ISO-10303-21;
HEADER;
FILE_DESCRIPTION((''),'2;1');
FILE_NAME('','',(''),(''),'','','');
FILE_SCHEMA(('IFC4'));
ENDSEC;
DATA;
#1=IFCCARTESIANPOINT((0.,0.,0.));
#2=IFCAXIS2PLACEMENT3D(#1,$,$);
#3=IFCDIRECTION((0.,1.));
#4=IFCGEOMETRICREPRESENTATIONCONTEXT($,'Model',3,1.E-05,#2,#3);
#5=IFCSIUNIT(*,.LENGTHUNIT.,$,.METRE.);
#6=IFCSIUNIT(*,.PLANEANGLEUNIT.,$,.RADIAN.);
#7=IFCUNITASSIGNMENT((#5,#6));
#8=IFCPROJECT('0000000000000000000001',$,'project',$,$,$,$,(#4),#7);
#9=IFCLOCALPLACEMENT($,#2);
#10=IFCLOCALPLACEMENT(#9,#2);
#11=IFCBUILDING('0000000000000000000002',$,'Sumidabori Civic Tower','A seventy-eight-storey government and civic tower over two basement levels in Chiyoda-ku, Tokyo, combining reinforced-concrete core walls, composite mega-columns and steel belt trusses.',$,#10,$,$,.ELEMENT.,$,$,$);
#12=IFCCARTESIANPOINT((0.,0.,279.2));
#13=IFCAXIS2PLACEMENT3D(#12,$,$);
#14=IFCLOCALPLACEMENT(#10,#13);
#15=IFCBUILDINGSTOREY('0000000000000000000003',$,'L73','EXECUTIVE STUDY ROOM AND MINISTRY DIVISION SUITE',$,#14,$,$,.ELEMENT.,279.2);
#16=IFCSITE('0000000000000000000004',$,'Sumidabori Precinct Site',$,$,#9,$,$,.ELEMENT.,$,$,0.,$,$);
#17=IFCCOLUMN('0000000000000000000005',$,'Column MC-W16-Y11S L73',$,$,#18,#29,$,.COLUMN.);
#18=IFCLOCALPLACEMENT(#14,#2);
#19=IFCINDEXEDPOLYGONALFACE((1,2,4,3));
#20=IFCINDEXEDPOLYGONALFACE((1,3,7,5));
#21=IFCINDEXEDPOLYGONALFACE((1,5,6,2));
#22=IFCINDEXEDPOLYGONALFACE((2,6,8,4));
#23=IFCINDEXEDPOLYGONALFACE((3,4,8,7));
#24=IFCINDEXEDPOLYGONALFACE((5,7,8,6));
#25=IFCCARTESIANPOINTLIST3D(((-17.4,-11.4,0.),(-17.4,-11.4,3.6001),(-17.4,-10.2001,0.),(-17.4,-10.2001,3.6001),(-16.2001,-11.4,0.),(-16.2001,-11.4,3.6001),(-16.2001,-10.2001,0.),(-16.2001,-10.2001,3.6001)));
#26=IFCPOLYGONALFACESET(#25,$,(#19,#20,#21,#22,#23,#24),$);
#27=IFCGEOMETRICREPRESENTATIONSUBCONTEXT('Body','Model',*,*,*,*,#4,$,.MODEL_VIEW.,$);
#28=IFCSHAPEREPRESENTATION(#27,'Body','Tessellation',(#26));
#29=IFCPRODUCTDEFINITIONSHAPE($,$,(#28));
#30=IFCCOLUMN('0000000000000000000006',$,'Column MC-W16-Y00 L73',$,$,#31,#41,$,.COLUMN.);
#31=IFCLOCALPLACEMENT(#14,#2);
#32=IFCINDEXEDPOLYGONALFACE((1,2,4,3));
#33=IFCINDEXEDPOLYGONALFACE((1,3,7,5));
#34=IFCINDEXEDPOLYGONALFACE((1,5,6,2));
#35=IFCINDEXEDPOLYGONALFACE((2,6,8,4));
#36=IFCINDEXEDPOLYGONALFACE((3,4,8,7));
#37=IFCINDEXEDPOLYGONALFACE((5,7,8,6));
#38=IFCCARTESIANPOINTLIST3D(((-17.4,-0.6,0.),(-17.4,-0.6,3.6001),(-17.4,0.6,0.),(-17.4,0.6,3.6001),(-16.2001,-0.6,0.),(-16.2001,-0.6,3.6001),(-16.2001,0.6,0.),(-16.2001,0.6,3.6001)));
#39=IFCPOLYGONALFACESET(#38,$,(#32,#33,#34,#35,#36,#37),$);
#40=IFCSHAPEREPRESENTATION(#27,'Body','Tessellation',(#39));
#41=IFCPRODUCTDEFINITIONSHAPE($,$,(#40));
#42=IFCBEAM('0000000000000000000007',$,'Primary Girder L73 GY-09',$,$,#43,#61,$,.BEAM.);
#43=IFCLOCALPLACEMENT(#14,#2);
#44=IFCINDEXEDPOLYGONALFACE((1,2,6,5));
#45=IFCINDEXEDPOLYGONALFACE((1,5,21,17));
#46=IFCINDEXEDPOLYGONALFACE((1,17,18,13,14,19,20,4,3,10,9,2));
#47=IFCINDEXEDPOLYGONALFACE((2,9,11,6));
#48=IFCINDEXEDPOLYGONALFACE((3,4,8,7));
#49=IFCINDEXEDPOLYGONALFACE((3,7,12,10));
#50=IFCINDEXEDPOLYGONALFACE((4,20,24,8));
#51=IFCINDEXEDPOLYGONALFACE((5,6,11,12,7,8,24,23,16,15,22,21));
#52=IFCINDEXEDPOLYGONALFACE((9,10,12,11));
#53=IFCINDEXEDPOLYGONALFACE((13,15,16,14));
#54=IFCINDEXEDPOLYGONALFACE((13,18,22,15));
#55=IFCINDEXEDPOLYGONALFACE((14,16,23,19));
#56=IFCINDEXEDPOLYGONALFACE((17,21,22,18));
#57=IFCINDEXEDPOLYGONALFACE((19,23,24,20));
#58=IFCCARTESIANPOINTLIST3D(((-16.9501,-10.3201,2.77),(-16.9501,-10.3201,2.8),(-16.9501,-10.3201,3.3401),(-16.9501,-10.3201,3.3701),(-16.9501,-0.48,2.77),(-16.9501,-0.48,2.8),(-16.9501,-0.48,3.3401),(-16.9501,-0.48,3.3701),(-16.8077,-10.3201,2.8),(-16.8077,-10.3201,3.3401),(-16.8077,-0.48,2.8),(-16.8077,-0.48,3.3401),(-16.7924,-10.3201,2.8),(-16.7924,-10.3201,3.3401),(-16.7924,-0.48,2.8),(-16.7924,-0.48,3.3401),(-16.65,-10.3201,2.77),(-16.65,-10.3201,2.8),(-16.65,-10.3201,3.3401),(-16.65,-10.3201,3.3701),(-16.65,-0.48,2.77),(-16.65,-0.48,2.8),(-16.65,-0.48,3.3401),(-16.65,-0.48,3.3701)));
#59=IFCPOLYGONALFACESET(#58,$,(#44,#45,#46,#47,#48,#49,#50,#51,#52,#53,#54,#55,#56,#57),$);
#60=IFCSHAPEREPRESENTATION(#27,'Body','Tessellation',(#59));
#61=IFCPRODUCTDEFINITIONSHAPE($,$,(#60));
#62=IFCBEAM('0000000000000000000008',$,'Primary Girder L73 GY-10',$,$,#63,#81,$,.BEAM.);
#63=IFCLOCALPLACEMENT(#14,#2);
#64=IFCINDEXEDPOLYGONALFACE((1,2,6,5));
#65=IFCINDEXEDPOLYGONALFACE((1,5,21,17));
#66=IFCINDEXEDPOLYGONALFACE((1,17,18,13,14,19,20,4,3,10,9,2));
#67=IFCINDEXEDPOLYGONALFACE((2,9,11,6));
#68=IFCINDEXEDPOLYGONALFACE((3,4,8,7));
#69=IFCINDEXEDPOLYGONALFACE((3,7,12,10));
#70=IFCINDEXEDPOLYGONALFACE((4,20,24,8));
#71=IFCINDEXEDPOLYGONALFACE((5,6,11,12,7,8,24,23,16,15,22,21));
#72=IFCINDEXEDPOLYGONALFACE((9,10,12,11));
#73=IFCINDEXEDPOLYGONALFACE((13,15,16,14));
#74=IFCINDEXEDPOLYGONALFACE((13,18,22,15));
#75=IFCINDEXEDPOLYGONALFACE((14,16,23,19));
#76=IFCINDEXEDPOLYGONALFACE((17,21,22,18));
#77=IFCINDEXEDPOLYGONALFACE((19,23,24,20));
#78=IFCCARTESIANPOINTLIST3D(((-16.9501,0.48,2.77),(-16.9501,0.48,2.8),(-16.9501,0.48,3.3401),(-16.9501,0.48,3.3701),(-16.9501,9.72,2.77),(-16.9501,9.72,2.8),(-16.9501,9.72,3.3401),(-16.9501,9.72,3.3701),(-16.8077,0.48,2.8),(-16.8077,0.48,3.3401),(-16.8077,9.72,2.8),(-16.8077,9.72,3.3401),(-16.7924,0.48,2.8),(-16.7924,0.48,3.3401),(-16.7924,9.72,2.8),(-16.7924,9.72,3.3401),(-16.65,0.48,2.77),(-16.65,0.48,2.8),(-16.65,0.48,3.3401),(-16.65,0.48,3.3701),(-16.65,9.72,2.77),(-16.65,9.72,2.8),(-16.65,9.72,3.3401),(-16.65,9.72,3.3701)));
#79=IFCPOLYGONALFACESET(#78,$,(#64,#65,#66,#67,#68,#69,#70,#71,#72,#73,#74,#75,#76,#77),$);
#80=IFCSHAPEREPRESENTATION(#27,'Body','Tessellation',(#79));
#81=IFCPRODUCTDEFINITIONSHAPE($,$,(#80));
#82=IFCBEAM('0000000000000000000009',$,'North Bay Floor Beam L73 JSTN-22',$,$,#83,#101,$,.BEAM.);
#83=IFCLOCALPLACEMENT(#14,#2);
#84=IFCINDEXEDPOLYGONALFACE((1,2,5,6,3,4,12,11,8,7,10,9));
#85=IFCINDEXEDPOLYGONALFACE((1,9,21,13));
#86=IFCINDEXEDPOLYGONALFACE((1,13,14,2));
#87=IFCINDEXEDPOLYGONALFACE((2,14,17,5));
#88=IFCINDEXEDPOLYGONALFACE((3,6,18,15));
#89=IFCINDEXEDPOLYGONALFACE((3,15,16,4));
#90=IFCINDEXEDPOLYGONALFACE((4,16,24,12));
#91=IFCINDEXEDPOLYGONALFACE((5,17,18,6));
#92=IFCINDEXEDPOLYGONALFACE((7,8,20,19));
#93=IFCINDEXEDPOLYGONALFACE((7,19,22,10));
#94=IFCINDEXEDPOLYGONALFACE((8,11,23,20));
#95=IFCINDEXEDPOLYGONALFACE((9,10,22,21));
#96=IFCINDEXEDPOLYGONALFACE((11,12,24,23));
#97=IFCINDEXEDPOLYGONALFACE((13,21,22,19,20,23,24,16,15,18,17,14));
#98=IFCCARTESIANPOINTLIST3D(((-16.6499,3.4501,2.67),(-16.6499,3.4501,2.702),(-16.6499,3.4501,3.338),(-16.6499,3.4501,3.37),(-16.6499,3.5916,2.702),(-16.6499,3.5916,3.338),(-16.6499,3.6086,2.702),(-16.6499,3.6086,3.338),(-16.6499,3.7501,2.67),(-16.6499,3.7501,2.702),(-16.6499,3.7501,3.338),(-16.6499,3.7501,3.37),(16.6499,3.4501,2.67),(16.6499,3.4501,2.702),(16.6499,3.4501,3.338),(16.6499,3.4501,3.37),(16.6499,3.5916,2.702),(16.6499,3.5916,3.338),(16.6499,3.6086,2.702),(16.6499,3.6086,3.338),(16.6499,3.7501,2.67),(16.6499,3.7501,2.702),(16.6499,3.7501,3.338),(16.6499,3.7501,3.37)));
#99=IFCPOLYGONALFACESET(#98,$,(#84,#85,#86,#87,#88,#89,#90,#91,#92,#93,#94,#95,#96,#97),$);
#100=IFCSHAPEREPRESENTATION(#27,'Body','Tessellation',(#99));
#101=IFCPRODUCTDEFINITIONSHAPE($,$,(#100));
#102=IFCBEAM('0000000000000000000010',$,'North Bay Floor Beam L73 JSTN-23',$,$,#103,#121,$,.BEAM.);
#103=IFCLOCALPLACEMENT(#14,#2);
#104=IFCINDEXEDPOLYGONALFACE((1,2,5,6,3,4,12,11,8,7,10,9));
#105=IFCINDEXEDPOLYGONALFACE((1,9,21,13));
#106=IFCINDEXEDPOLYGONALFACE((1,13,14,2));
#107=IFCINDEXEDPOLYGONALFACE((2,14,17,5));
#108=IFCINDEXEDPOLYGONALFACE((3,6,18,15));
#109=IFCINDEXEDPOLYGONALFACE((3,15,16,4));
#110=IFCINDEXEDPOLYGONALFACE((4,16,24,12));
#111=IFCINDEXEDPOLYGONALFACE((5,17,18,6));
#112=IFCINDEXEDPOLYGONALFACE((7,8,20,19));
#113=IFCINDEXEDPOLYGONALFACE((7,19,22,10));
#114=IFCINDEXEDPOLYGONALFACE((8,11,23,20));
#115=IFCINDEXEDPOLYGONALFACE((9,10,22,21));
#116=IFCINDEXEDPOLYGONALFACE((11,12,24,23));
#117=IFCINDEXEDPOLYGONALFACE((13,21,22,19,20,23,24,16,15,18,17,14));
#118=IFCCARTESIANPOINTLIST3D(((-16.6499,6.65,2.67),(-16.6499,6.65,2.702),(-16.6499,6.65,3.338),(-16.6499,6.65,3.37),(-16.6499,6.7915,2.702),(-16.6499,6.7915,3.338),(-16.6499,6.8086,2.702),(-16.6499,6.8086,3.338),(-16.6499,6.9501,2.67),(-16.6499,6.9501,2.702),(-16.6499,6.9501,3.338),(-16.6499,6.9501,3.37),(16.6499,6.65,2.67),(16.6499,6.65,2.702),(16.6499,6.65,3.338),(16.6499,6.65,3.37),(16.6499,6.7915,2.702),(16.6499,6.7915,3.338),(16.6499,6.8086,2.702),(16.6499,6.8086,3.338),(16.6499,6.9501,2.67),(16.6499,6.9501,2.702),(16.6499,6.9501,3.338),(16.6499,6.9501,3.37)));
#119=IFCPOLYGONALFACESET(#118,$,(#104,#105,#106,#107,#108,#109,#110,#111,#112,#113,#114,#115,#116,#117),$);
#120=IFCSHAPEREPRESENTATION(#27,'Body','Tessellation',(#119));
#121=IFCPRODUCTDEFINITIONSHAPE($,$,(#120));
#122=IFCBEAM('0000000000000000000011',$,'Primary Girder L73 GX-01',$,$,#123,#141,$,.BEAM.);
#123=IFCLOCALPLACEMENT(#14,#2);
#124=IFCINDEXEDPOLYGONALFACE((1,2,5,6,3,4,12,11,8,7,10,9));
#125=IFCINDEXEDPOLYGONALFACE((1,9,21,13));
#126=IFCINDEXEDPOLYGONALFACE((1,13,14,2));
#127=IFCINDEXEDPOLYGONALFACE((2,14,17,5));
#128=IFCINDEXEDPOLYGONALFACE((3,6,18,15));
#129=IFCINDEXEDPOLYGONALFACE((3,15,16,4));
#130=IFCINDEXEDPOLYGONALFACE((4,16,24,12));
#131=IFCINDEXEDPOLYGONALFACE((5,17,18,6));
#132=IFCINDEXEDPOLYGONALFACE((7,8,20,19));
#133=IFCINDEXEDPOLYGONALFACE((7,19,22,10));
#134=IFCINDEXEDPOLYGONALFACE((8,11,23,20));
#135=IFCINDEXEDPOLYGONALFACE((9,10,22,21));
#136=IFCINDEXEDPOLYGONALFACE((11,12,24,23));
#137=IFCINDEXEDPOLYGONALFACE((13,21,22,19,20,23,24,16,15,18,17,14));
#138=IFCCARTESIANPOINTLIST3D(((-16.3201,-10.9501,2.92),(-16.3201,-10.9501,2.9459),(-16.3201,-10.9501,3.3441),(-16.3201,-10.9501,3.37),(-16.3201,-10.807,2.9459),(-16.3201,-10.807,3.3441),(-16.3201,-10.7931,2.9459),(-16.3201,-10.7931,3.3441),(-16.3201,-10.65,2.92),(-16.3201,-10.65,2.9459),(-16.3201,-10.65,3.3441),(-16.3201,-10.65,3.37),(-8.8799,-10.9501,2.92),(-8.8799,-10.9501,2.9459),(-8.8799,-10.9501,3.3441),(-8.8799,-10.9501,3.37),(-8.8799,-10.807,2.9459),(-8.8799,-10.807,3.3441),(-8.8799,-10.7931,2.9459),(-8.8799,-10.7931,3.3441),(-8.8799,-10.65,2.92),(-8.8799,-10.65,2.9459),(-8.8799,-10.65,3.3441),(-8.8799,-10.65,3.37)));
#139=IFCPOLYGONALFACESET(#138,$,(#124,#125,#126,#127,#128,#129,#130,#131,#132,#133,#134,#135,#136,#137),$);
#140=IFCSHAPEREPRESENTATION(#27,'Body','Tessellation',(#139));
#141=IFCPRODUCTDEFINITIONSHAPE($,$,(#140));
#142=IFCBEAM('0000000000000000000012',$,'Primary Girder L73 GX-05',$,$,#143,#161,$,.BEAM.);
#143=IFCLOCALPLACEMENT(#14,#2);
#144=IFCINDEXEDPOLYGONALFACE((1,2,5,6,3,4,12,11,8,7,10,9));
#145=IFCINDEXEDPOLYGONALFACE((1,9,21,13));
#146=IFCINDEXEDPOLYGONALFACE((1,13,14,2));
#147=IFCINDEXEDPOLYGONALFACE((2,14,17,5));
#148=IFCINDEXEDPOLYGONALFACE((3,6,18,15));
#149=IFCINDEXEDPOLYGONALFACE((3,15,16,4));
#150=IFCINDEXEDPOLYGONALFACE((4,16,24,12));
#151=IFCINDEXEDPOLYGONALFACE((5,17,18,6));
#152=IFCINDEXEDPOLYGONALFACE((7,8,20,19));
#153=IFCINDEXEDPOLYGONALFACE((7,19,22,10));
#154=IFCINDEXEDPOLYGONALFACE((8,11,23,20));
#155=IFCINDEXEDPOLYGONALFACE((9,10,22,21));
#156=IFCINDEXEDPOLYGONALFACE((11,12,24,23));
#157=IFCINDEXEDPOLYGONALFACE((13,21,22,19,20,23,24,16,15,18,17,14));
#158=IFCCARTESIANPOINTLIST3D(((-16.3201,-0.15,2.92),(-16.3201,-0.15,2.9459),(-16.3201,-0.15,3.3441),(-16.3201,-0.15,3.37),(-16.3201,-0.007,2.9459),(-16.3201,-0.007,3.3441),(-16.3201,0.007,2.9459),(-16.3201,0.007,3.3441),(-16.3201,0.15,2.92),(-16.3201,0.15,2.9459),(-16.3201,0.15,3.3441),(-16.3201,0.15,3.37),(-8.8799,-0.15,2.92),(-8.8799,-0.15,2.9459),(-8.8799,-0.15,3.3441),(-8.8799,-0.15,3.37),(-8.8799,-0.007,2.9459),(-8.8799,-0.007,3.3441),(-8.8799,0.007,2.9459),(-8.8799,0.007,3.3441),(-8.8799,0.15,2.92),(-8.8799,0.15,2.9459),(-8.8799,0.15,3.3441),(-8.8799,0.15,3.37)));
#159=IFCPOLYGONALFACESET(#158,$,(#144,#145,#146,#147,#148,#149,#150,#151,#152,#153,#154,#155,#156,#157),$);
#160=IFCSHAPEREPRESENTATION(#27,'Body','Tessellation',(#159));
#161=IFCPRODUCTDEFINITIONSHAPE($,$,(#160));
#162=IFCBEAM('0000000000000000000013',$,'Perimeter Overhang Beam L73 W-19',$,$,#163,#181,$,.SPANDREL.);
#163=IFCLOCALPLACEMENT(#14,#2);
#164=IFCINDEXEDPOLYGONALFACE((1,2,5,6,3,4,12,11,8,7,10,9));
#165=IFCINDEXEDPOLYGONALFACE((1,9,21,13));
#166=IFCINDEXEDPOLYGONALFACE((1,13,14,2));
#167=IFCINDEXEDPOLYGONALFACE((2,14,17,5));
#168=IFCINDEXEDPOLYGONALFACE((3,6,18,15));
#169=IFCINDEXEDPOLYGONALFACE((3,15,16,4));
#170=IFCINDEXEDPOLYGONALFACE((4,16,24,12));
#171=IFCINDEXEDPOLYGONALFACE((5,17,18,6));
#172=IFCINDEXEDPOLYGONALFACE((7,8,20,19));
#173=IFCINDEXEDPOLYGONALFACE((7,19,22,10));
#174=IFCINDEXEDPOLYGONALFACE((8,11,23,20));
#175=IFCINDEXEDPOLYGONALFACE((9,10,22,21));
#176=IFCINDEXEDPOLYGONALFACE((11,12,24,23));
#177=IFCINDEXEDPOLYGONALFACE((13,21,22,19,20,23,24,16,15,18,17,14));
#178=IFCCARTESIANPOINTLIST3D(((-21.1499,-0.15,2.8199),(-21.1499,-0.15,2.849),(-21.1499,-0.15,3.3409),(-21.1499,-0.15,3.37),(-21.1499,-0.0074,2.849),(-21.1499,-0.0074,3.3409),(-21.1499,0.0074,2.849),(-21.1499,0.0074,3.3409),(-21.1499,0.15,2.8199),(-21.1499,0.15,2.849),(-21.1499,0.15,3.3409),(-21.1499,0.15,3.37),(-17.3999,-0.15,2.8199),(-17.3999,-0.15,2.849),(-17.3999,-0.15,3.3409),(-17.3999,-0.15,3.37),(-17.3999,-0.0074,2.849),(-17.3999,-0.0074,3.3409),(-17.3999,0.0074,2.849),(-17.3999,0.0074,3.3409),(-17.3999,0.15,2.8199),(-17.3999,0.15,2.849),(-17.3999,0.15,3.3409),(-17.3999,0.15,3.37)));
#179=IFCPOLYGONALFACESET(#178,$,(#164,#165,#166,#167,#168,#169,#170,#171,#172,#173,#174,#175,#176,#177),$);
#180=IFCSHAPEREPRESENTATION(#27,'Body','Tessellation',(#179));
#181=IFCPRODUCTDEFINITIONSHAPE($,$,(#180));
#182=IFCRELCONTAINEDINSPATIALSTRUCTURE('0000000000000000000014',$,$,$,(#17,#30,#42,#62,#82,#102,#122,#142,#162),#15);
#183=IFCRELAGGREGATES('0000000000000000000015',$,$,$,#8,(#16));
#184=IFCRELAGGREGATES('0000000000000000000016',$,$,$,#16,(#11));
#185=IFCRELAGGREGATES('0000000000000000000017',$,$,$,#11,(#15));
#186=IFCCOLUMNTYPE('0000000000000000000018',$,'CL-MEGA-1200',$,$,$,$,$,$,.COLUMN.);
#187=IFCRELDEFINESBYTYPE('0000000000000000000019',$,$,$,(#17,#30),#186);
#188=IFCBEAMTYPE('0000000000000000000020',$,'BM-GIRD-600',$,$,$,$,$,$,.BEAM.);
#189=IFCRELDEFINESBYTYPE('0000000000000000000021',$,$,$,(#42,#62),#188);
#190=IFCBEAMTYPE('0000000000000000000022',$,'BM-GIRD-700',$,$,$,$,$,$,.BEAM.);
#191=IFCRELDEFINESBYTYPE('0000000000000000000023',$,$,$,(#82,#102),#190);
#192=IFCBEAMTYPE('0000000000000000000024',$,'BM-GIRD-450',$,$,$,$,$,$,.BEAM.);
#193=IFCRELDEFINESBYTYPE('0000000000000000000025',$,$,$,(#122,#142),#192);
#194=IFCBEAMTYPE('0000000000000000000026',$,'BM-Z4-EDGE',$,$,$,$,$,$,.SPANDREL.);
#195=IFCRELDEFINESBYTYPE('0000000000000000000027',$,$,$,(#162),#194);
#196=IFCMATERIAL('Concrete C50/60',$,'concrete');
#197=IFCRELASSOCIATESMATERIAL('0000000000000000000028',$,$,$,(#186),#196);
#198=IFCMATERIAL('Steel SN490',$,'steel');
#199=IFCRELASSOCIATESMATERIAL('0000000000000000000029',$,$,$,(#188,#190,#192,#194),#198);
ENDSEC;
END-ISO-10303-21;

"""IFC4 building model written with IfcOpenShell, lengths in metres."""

from ifc_helpers import new_model, si_unit, direction, frame, origin, origin_2d, place, context, subcontext, project, spatial, rectangle, i_section, extrude, source, transform, mapped, material, material_profile, profile_set, type_object, element, save


model = new_model("IFC4")

# Units and contexts
model_context = context("Model", 3, precision=1e-05, world=origin(), true_north=direction((0.0, 1.0)))
body_context = subcontext(model_context, "Body", "Model", "MODEL_VIEW")
ifc_project = project(units=[si_unit("LENGTHUNIT", "METRE"), si_unit("PLANEANGLEUNIT", "RADIAN")], contexts=[model_context])

# Site, building, storey
site_placement = place(None, origin())
site = spatial("IfcSite", under=ifc_project, at=site_placement, Name="Sumidabori Precinct Site", CompositionType="ELEMENT", RefElevation=0.0)
building_placement = place(site_placement, origin())
building = spatial("IfcBuilding", under=site, at=building_placement, Name="Sumidabori Civic Tower", Description="A seventy-eight-storey government and civic tower over two basement levels in Chiyoda-ku, Tokyo, combining reinforced-concrete core walls, composite mega-columns and steel belt trusses.", CompositionType="ELEMENT")
storey_placement = place(building_placement, frame((0.0, 0.0, 279.2)))
storey = spatial("IfcBuildingStorey", under=building, at=storey_placement, Name="L73", Description="EXECUTIVE STUDY ROOM AND MINISTRY DIVISION SUITE", CompositionType="ELEMENT", Elevation=279.2)

# Columns
ifc_material_1 = material(Name="Concrete C50/60", Category="concrete")
ifc_material_profile_1 = material_profile(ifc_material_1, rectangle(XDim=1.2, YDim=1.2, at=origin_2d()), Name="RC 1200x1200")
ifc_profile_set_1 = profile_set([ifc_material_profile_1], Name="Concrete C50/60")
column_type = type_object("IfcColumnType", Name="CL-MEGA-1200", PredefinedType="COLUMN", material=ifc_profile_set_1)
shared_shape_1 = source(origin(), body_context, "Body", "SweptSolid", [
    extrude(rectangle(XDim=1.2, YDim=1.2, at=origin_2d()), origin(), (0.0, 0.0, 1.0), 3.6001),
])
for number, where, z_axis, x_axis, name in (
    (1, (-16.8, -10.8, 0.0), (0.0, 0.0, 1.0), (1.0, 0.0, 0.0), "Column MC-W16-Y11S L73"),
    (2, (-16.8, 0.0, 0.0), (0.0, 0.0, 1.0), (1.0, 0.0, 0.0), "Column MC-W16-Y00 L73"),
):
    element("IfcColumn", number, at=place(storey_placement, frame(where, z_axis=z_axis, x_axis=x_axis)), inside=storey, type_object=column_type, Name=name, PredefinedType="COLUMN", context=body_context, shape_type="MappedRepresentation", body=[
        mapped(shared_shape_1, transform((0.0, 0.0, 0.0), x_axis=(1.0, 0.0, 0.0), y_axis=(0.0, 1.0, 0.0), z_axis=(0.0, 0.0, 1.0), scale=1.0)),
    ])

# Beams
ifc_material_2 = material(Name="Steel SN490", Category="steel")
ifc_material_profile_2 = material_profile(ifc_material_2, i_section(OverallWidth=0.3, OverallDepth=0.6001, WebThickness=0.0154, FlangeThickness=0.03, at=origin_2d()), Name="HE 600 B")
ifc_profile_set_2 = profile_set([ifc_material_profile_2], Name="Steel SN490")
beam_type_1 = type_object("IfcBeamType", Name="BM-GIRD-600", PredefinedType="BEAM", material=ifc_profile_set_2)
shared_shape_2 = source(origin(), body_context, "Body", "SweptSolid", [
    extrude(i_section(OverallWidth=0.3, OverallDepth=0.6001, WebThickness=0.0154, FlangeThickness=0.03, at=origin_2d()), origin(), (0.0, 0.0, 1.0), 9.8401),
])
beam_1_placement = place(storey_placement, frame((-16.8, -10.3201, 3.0701), z_axis=(0.0, 1.0, 0.0), x_axis=(-1.0, 0.0, 0.0)))
element("IfcBeam", 3, at=beam_1_placement, inside=storey, type_object=beam_type_1, Name="Primary Girder L73 GY-09", PredefinedType="BEAM", context=body_context, shape_type="MappedRepresentation", body=[
    mapped(shared_shape_2, transform((0.0, 0.0, 0.0), x_axis=(1.0, 0.0, 0.0), y_axis=(0.0, 1.0, 0.0), z_axis=(0.0, 0.0, 1.0), scale=1.0)),
])
shared_shape_3 = source(origin(), body_context, "Body", "SweptSolid", [
    extrude(i_section(OverallWidth=0.3, OverallDepth=0.6001, WebThickness=0.0154, FlangeThickness=0.03, at=origin_2d()), origin(), (0.0, 0.0, 1.0), 9.24),
])
beam_2_placement = place(storey_placement, frame((-16.8, 0.48, 3.0701), z_axis=(0.0, 1.0, 0.0), x_axis=(-1.0, 0.0, 0.0)))
element("IfcBeam", 4, at=beam_2_placement, inside=storey, type_object=beam_type_1, Name="Primary Girder L73 GY-10", PredefinedType="BEAM", context=body_context, shape_type="MappedRepresentation", body=[
    mapped(shared_shape_3, transform((0.0, 0.0, 0.0), x_axis=(1.0, 0.0, 0.0), y_axis=(0.0, 1.0, 0.0), z_axis=(0.0, 0.0, 1.0), scale=1.0)),
])
ifc_material_profile_3 = material_profile(ifc_material_2, i_section(OverallWidth=0.3, OverallDepth=0.7, WebThickness=0.0171, FlangeThickness=0.032, at=origin_2d()), Name="HE 700 B")
ifc_profile_set_3 = profile_set([ifc_material_profile_3], Name="Steel SN490")
beam_type_2 = type_object("IfcBeamType", Name="BM-GIRD-700", PredefinedType="BEAM", material=ifc_profile_set_3)
shared_shape_4 = source(origin(), body_context, "Body", "SweptSolid", [
    extrude(i_section(OverallWidth=0.3, OverallDepth=0.7, WebThickness=0.0171, FlangeThickness=0.032, at=origin_2d()), origin(), (0.0, 0.0, 1.0), 33.2998),
])
for number, where, z_axis, x_axis, name in (
    (5, (-16.6499, 3.6001, 3.02), (1.0, 0.0, 0.0), (0.0, 1.0, 0.0), "North Bay Floor Beam L73 JSTN-22"),
    (6, (-16.6499, 6.8, 3.02), (1.0, 0.0, 0.0), (0.0, 1.0, 0.0), "North Bay Floor Beam L73 JSTN-23"),
):
    element("IfcBeam", number, at=place(storey_placement, frame(where, z_axis=z_axis, x_axis=x_axis)), inside=storey, type_object=beam_type_2, Name=name, PredefinedType="BEAM", context=body_context, shape_type="MappedRepresentation", body=[
        mapped(shared_shape_4, transform((0.0, 0.0, 0.0), x_axis=(1.0, 0.0, 0.0), y_axis=(0.0, 1.0, 0.0), z_axis=(0.0, 0.0, 1.0), scale=1.0)),
    ])
ifc_material_profile_4 = material_profile(ifc_material_2, i_section(OverallWidth=0.3, OverallDepth=0.45, WebThickness=0.0139, FlangeThickness=0.0259, at=origin_2d()), Name="HE 450 B")
ifc_profile_set_4 = profile_set([ifc_material_profile_4], Name="Steel SN490")
beam_type_3 = type_object("IfcBeamType", Name="BM-GIRD-450", PredefinedType="BEAM", material=ifc_profile_set_4)
shared_shape_5 = source(origin(), body_context, "Body", "SweptSolid", [
    extrude(i_section(OverallWidth=0.3, OverallDepth=0.45, WebThickness=0.0139, FlangeThickness=0.0259, at=origin_2d()), origin(), (0.0, 0.0, 1.0), 7.4402),
])
for number, where, z_axis, x_axis, name in (
    (7, (-16.3201, -10.8, 3.145), (1.0, 0.0, 0.0), (0.0, 1.0, 0.0), "Primary Girder L73 GX-01"),
    (8, (-16.3201, 0.0, 3.145), (1.0, 0.0, 0.0), (0.0, 1.0, 0.0), "Primary Girder L73 GX-05"),
):
    element("IfcBeam", number, at=place(storey_placement, frame(where, z_axis=z_axis, x_axis=x_axis)), inside=storey, type_object=beam_type_3, Name=name, PredefinedType="BEAM", context=body_context, shape_type="MappedRepresentation", body=[
        mapped(shared_shape_5, transform((0.0, 0.0, 0.0), x_axis=(1.0, 0.0, 0.0), y_axis=(0.0, 1.0, 0.0), z_axis=(0.0, 0.0, 1.0), scale=1.0)),
    ])
ifc_material_profile_5 = material_profile(ifc_material_2, i_section(OverallWidth=0.3, OverallDepth=0.55, WebThickness=0.0149, FlangeThickness=0.0291, at=origin_2d()), Name="HE 550 B")
ifc_profile_set_5 = profile_set([ifc_material_profile_5], Name="Steel SN490")
beam_type_4 = type_object("IfcBeamType", Name="BM-Z4-EDGE", PredefinedType="SPANDREL", material=ifc_profile_set_5)
shared_shape_6 = source(origin(), body_context, "Body", "SweptSolid", [
    extrude(i_section(OverallWidth=0.3, OverallDepth=0.55, WebThickness=0.0149, FlangeThickness=0.0291, at=origin_2d()), origin(), (0.0, 0.0, 1.0), 3.75),
])
beam_3_placement = place(storey_placement, frame((-21.1499, 0.0, 3.095), z_axis=(1.0, 0.0, 0.0), x_axis=(0.0, 1.0, 0.0)))
element("IfcBeam", 9, at=beam_3_placement, inside=storey, type_object=beam_type_4, Name="Perimeter Overhang Beam L73 W-19", PredefinedType="SPANDREL", context=body_context, shape_type="MappedRepresentation", body=[
    mapped(shared_shape_6, transform((0.0, 0.0, 0.0), x_axis=(1.0, 0.0, 0.0), y_axis=(0.0, 1.0, 0.0), z_axis=(0.0, 0.0, 1.0), scale=1.0)),
])

save(model, "model.ifc")
